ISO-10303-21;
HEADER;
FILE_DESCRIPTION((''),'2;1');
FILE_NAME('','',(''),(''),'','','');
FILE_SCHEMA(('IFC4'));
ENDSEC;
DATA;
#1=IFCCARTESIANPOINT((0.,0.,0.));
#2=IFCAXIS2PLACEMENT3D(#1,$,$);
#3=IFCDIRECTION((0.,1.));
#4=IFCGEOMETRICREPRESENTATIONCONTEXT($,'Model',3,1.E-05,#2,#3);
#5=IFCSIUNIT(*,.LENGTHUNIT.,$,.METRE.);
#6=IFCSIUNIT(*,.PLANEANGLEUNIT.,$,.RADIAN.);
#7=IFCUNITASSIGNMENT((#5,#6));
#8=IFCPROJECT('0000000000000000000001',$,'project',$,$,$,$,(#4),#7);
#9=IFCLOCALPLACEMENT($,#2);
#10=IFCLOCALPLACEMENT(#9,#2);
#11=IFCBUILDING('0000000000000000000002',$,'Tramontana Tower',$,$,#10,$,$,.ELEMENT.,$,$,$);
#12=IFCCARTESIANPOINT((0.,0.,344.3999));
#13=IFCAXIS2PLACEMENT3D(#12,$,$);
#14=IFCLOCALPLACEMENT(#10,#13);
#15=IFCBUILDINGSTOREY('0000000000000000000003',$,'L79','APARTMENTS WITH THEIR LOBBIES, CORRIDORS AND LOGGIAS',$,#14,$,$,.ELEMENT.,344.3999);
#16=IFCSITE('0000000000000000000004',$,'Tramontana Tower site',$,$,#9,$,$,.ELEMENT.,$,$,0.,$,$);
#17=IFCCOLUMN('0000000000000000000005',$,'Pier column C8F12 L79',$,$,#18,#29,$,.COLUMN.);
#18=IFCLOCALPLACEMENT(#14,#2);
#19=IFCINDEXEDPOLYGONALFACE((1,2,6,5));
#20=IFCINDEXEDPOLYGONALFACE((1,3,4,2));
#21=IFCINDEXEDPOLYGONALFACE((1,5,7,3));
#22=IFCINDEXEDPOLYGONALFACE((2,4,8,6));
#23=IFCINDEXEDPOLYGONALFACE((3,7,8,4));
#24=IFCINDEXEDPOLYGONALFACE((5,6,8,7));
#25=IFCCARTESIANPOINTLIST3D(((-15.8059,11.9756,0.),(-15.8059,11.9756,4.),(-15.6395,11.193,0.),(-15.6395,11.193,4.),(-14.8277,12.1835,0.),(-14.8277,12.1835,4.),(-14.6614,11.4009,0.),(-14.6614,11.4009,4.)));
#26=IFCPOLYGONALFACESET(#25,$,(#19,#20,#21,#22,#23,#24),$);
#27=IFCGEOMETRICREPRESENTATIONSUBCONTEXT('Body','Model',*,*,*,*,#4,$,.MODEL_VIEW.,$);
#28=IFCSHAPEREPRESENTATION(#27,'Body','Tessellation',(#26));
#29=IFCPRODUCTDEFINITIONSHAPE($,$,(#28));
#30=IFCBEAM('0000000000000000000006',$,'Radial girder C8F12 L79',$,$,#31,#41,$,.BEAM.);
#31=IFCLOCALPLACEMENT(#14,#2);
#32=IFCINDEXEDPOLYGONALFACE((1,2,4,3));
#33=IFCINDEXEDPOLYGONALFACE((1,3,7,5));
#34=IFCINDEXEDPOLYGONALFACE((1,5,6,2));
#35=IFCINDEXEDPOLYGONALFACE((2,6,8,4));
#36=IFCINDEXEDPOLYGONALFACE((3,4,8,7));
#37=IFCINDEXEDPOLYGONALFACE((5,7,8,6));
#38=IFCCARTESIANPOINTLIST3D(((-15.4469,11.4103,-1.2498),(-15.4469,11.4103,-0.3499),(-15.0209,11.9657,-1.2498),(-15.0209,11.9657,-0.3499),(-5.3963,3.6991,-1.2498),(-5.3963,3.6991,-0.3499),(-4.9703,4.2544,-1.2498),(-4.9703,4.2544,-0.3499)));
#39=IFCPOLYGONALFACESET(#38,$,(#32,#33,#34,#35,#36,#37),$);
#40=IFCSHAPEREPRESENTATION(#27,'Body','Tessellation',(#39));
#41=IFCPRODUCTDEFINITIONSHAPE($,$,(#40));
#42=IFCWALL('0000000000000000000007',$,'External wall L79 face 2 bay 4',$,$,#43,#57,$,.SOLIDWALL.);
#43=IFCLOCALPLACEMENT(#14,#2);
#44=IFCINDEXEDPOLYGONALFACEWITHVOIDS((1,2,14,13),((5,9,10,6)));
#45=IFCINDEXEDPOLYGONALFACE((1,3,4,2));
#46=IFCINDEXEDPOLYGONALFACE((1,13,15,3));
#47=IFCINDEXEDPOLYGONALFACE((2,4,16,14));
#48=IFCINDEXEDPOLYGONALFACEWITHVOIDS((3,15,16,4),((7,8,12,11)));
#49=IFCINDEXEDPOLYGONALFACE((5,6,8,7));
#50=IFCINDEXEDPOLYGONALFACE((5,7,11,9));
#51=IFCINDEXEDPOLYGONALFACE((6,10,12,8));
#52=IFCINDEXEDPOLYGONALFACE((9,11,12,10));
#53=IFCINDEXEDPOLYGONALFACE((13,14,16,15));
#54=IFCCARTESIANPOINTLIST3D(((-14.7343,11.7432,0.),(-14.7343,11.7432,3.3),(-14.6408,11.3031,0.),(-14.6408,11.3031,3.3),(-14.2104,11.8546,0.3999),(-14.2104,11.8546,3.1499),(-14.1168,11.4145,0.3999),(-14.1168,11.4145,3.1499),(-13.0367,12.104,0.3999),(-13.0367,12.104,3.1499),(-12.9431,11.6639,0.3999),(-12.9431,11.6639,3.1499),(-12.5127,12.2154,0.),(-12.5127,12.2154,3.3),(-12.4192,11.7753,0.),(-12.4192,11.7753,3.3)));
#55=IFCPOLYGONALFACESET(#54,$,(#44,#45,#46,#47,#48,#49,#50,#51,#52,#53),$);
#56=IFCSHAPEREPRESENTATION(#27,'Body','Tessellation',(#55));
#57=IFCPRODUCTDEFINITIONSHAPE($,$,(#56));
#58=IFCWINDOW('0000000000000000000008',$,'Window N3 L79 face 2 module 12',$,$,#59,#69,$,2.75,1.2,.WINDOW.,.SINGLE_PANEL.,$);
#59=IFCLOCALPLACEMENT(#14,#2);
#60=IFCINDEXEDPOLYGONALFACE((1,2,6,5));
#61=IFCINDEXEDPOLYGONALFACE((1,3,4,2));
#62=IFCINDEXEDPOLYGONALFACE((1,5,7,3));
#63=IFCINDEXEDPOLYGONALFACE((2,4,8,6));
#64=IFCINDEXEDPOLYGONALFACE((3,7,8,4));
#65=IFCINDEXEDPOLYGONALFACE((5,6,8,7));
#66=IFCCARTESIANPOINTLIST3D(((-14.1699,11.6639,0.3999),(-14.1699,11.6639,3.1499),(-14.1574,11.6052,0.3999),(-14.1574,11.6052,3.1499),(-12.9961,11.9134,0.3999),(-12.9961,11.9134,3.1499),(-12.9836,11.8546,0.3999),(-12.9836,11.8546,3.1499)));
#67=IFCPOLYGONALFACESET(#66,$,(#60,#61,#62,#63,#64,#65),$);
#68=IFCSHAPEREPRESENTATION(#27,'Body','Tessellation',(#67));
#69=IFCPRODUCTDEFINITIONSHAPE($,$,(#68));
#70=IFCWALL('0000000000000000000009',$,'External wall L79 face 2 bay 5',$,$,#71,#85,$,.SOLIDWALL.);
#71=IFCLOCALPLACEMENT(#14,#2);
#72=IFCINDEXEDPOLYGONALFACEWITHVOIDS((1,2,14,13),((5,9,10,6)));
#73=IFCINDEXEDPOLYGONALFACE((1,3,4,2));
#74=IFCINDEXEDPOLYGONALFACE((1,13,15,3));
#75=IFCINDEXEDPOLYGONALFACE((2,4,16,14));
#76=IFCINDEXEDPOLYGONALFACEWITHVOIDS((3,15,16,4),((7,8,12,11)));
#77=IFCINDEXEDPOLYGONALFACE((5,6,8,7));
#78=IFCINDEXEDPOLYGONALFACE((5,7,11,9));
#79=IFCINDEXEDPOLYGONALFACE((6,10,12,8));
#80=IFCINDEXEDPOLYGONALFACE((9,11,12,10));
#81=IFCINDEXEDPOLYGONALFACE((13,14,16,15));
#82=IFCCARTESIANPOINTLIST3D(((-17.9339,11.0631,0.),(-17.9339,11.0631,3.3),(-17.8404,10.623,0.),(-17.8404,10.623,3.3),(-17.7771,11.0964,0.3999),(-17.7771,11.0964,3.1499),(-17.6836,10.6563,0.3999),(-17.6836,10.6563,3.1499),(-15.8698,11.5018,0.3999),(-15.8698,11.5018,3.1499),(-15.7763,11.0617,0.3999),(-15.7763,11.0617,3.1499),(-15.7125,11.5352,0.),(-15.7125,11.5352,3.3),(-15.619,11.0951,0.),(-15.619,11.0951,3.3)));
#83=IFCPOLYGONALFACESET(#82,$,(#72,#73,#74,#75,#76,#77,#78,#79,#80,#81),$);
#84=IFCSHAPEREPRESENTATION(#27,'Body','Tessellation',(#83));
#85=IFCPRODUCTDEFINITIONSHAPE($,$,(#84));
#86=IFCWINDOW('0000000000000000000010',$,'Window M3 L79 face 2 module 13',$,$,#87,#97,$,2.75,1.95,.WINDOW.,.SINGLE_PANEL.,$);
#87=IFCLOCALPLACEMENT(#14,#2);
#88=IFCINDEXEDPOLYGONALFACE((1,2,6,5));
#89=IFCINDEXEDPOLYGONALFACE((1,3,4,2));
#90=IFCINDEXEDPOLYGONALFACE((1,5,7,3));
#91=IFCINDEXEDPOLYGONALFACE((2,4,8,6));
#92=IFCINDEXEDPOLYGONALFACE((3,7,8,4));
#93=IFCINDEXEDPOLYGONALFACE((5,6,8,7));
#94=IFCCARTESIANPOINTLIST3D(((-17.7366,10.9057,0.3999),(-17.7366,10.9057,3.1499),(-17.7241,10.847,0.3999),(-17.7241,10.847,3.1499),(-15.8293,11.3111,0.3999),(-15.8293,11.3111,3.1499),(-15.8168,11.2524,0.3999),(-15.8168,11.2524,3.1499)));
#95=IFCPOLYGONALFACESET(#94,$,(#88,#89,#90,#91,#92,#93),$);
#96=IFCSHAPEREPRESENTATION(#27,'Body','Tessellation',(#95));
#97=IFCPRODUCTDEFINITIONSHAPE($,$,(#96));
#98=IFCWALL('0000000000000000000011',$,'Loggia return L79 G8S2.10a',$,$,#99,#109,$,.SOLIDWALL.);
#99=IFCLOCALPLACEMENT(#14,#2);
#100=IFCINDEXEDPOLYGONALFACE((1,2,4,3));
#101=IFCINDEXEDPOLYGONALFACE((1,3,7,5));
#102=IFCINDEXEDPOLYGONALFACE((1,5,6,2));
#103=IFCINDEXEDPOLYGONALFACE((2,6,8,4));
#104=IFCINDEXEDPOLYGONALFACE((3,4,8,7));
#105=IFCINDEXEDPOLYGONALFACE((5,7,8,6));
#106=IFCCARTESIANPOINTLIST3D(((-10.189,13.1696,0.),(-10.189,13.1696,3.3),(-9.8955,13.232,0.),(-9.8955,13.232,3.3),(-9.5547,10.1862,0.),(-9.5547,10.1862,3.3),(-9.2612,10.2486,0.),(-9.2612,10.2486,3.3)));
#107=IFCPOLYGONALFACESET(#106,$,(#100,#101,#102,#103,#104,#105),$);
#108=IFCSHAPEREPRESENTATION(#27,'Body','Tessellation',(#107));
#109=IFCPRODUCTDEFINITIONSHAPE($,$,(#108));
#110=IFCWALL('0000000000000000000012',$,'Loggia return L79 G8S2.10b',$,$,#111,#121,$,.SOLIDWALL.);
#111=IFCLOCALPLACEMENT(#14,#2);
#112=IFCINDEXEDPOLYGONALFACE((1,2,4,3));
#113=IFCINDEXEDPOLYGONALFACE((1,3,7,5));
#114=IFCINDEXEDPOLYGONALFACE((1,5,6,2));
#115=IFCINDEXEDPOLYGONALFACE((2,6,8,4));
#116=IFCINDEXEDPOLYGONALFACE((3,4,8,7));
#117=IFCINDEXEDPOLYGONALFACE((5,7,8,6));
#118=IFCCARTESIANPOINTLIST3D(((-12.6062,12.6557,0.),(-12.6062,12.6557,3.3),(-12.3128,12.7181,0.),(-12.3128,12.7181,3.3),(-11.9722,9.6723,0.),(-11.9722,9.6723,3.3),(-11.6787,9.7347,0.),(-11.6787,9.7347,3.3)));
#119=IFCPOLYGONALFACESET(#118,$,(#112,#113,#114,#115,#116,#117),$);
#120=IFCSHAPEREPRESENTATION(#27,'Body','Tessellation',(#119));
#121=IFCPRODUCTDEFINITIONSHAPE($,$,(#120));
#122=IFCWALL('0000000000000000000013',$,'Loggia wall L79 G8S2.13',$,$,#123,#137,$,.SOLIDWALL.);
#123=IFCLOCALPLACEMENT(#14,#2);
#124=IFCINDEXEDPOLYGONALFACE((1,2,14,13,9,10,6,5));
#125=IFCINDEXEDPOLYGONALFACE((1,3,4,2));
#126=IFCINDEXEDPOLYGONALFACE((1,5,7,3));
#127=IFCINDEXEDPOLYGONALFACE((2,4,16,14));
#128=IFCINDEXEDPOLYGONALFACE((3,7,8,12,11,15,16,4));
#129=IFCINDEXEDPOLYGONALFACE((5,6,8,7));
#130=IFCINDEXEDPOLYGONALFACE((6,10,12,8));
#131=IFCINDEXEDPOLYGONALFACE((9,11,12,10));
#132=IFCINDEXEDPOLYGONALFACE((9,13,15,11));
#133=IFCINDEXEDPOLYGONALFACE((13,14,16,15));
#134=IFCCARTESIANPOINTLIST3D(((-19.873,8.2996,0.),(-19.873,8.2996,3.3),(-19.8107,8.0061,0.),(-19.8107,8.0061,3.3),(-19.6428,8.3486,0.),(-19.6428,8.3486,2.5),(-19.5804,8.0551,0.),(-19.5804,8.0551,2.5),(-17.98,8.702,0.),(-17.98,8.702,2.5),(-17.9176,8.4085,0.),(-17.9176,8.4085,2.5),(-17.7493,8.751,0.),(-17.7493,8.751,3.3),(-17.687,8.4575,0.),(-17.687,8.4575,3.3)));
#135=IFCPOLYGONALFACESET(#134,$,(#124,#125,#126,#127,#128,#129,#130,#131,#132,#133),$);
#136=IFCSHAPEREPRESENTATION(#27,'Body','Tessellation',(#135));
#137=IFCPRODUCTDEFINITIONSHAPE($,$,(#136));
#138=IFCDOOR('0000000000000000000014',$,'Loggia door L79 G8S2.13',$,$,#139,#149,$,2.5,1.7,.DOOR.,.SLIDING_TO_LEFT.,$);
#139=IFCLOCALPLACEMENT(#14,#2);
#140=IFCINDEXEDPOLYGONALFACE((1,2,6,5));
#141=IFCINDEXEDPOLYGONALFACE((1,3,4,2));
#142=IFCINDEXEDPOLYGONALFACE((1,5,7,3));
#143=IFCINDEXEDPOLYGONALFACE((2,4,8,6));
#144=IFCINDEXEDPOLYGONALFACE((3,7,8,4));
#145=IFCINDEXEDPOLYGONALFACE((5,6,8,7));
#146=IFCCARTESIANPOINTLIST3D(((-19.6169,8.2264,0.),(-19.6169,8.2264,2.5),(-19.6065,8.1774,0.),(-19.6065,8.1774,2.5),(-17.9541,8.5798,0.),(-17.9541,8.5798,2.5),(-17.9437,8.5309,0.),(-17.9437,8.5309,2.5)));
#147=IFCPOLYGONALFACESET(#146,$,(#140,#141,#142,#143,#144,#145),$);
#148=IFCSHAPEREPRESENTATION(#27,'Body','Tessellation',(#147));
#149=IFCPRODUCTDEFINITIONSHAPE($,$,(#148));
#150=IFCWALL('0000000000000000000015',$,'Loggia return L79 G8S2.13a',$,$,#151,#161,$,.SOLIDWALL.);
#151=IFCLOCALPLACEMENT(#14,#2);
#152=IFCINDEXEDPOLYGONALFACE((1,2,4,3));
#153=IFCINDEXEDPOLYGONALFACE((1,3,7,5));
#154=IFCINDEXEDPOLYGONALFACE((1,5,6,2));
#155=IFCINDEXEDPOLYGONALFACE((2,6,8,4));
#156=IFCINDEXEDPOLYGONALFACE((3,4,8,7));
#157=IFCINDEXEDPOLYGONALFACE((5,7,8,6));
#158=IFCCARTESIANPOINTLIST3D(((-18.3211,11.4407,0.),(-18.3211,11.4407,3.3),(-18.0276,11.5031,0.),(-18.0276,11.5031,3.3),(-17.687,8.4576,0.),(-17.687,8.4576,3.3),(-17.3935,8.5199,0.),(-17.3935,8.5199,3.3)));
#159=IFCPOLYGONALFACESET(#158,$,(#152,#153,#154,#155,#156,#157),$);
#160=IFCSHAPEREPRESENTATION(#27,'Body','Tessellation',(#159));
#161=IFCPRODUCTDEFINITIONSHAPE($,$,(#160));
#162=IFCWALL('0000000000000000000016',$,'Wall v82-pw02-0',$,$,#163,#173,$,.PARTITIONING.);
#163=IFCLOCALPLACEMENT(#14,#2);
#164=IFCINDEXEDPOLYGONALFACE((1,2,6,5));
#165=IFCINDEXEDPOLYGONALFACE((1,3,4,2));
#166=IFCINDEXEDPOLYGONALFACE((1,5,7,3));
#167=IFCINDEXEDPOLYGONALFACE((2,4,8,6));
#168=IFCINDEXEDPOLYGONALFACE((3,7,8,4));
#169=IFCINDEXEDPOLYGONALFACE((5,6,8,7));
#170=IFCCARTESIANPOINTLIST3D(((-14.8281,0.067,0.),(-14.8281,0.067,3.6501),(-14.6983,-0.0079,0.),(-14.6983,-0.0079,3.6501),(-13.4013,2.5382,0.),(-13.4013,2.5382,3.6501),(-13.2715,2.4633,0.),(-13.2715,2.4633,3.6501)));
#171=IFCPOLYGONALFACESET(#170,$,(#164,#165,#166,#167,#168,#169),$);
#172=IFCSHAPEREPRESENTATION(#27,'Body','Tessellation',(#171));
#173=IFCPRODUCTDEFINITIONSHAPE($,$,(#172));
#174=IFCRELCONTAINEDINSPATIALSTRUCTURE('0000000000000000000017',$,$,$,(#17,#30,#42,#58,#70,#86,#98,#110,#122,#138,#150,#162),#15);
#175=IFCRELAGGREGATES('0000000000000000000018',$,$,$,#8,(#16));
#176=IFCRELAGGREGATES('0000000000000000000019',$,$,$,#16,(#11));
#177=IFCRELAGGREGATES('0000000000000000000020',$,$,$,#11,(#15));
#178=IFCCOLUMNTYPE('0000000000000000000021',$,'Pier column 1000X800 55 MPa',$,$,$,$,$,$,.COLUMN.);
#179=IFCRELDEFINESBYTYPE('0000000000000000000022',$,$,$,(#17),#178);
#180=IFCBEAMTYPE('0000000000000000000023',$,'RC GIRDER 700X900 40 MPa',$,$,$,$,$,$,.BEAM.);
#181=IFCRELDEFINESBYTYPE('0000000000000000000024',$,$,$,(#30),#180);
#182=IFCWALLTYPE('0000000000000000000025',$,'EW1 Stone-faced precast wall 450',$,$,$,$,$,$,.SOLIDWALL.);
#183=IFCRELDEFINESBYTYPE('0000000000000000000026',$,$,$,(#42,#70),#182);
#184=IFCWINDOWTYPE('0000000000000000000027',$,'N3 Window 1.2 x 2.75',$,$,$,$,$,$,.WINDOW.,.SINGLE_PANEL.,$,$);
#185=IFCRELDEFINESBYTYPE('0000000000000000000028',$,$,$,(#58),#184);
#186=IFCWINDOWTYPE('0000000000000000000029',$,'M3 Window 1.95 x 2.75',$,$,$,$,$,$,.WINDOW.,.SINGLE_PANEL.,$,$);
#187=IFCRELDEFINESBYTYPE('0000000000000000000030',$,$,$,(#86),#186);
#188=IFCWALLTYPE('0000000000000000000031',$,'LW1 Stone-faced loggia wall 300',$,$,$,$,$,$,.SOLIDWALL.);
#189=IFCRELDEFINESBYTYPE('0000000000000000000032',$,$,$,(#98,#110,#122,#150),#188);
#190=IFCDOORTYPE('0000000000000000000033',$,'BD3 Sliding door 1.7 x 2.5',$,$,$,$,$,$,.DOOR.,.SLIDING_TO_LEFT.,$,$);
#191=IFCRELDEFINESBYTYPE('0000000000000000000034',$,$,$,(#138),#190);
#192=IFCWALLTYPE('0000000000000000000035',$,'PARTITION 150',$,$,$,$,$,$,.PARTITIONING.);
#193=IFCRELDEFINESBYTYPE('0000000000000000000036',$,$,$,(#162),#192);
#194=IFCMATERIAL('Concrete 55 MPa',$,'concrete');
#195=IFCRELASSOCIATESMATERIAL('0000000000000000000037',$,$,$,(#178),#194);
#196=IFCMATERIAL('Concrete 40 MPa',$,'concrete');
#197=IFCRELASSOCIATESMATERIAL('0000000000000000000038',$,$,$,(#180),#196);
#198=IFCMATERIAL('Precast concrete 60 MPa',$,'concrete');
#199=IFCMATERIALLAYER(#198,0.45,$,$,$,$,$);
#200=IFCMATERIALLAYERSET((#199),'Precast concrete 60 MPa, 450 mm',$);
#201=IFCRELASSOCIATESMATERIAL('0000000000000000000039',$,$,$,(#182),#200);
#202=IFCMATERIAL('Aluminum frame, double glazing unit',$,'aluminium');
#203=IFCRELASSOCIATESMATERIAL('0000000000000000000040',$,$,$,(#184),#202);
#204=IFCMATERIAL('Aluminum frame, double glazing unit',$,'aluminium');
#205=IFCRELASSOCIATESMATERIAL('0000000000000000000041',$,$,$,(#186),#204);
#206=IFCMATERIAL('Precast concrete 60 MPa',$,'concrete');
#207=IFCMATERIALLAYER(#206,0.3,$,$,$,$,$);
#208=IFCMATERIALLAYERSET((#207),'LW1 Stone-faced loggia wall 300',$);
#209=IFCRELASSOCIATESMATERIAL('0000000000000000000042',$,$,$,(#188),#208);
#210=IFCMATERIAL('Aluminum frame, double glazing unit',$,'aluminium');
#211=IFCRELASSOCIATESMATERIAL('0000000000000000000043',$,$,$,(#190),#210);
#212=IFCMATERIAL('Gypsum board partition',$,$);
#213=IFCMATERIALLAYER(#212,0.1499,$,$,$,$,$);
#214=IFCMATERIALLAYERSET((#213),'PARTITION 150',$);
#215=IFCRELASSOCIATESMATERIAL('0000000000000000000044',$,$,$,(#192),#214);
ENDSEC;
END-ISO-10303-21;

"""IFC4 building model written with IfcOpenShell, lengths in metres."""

from ifc_helpers import new_model, si_unit, direction, frame, frame_2d, origin, origin_2d, place, context, subcontext, project, spatial, rectangle, extrude, material, layer, layer_set, material_profile, profile_set, type_object, element, fill, save


model = new_model("IFC4")

# Units and contexts
model_context = context("Model", 3, precision=1e-05, world=origin(), true_north=direction((0.0, 1.0)))
body_context = subcontext(model_context, "Body", "Model", "MODEL_VIEW")
ifc_project = project(units=[si_unit("LENGTHUNIT", "METRE"), si_unit("PLANEANGLEUNIT", "RADIAN")], contexts=[model_context])

# Site, building, storey
site_placement = place(None, origin())
site = spatial("IfcSite", under=ifc_project, at=site_placement, Name="Tramontana Tower site", CompositionType="ELEMENT", RefElevation=0.0)
building_placement = place(site_placement, origin())
building = spatial("IfcBuilding", under=site, at=building_placement, Name="Tramontana Tower", CompositionType="ELEMENT")
storey_placement = place(building_placement, frame((0.0, 0.0, 344.3999)))
storey = spatial("IfcBuildingStorey", under=building, at=storey_placement, Name="L79", Description="APARTMENTS WITH THEIR LOBBIES, CORRIDORS AND LOGGIAS", CompositionType="ELEMENT", Elevation=344.3999)

# Column
ifc_material_1 = material(Name="Concrete 55 MPa", Category="concrete")
ifc_material_profile_1 = material_profile(ifc_material_1, rectangle(XDim=1.0, YDim=0.8, at=origin_2d()), Name="Pier column 1000X800 55 MPa")
ifc_profile_set_1 = profile_set([ifc_material_profile_1], Name="Concrete 55 MPa")
column_type = type_object("IfcColumnType", Name="Pier column 1000X800 55 MPa", PredefinedType="COLUMN", material=ifc_profile_set_1)
column_placement = place(storey_placement, frame((-15.2336, 11.6882, 0.0), z_axis=(0.0, 0.0, 1.0), x_axis=(-0.978148, -0.207912, 0.0)))
element("IfcColumn", 1, at=column_placement, inside=storey, type_object=column_type, Name="Pier column C8F12 L79", PredefinedType="COLUMN", context=body_context, shape_type="SweptSolid", body=[
    extrude(rectangle(XDim=1.0, YDim=0.8, at=origin_2d()), origin(), (0.0, 0.0, 1.0), 4.0),
])

# Beam
ifc_material_2 = material(Name="Concrete 40 MPa", Category="concrete")
ifc_material_profile_2 = material_profile(ifc_material_2, rectangle(XDim=0.7, YDim=0.8999, at=origin_2d()), Name="RC GIRDER 700X900 40 MPa")
ifc_profile_set_2 = profile_set([ifc_material_profile_2], Name="Concrete 40 MPa")
beam_type = type_object("IfcBeamType", Name="RC GIRDER 700X900 40 MPa", PredefinedType="BEAM", material=ifc_profile_set_2)
beam_placement = place(storey_placement, frame((-15.2339, 11.688, -0.7998), z_axis=(0.793386, -0.608718, 0.0), x_axis=(0.608718, 0.793386, 0.0)))
element("IfcBeam", 2, at=beam_placement, inside=storey, type_object=beam_type, Name="Radial girder C8F12 L79", PredefinedType="BEAM", context=body_context, shape_type="SweptSolid", body=[
    extrude(rectangle(XDim=0.7, YDim=0.8999, at=origin_2d()), origin(), (0.0, 0.0, 1.0), 12.668),
])

# Walls, openings, windows
ifc_material_3 = material(Name="Precast concrete 60 MPa", Category="concrete")
ifc_layer_1 = layer(ifc_material_3, 0.45)
ifc_layer_set_1 = layer_set([ifc_layer_1], Name="Precast concrete 60 MPa, 450 mm")
wall_type_1 = type_object("IfcWallType", Name="EW1 Stone-faced precast wall 450", PredefinedType="SOLIDWALL", material=ifc_layer_set_1)
wall_1_placement = place(storey_placement, frame((-12.4658, 11.9954, 0.0), z_axis=(0.0, 0.0, 1.0), x_axis=(-0.978153, -0.207884, 0.0)))
wall_1 = element("IfcWall", 3, at=wall_1_placement, inside=storey, type_object=wall_type_1, Name="External wall L79 face 2 bay 4", PredefinedType="SOLIDWALL", context=body_context, shape_type="SweptSolid", body=[
    extrude(rectangle(XDim=2.2712, YDim=0.45, at=frame_2d((1.1357, 0.0))), origin(), (0.0, 0.0, 1.0), 3.3),
])
opening_1_placement = place(wall_1_placement, frame((0.5356, 0.0, 0.3999)))
opening_1 = element("IfcOpeningElement", 4, at=opening_1_placement, cuts=wall_1, PredefinedType="OPENING", context=body_context, shape_type="SweptSolid", body=[
    extrude(rectangle(XDim=1.2, YDim=2.75, at=frame_2d((0.6001, 1.375))), frame((0.0, 0.2349, 0.0), z_axis=(0.0, -1.0, 0.0), x_axis=(1.0, 0.0, 0.0)), (0.0, 0.0, 1.0), 0.47),
])
ifc_material_4 = material(Name="Aluminum frame, double glazing unit", Category="aluminium")
window_type_1 = type_object("IfcWindowType", Name="N3 Window 1.2 x 2.75", PartitioningType="SINGLE_PANEL", PredefinedType="WINDOW", material=ifc_material_4)
window_1_placement = place(opening_1_placement, origin())
window_1 = element("IfcWindow", 5, at=window_1_placement, inside=storey, type_object=window_type_1, Name="Window N3 L79 face 2 module 12", OverallHeight=2.75, OverallWidth=1.2, PartitioningType="SINGLE_PANEL", PredefinedType="WINDOW", context=body_context, shape_type="SweptSolid", body=[
    extrude(rectangle(XDim=1.2, YDim=2.75, at=frame_2d((0.6001, 1.375))), frame((0.0, 0.03, 0.0), z_axis=(0.0, -1.0, 0.0), x_axis=(1.0, 0.0, 0.0)), (0.0, 0.0, 1.0), 0.0601),
])
fill(opening_1, window_1)
wall_2_placement = place(storey_placement, frame((-15.6658, 11.3152, 0.0), z_axis=(0.0, 0.0, 1.0), x_axis=(-0.978149, -0.207906, 0.0)))
wall_2 = element("IfcWall", 6, at=wall_2_placement, inside=storey, type_object=wall_type_1, Name="External wall L79 face 2 bay 5", PredefinedType="SOLIDWALL", context=body_context, shape_type="SweptSolid", body=[
    extrude(rectangle(XDim=2.271, YDim=0.45, at=frame_2d((1.1355, 0.0))), origin(), (0.0, 0.0, 1.0), 3.3),
])
opening_2_placement = place(wall_2_placement, frame((0.1606, 0.0, 0.3999)))
opening_2 = element("IfcOpeningElement", 7, at=opening_2_placement, cuts=wall_2, PredefinedType="OPENING", context=body_context, shape_type="SweptSolid", body=[
    extrude(rectangle(XDim=1.95, YDim=2.75, at=frame_2d((0.9751, 1.375))), frame((0.0, 0.2349, 0.0), z_axis=(0.0, -1.0, 0.0), x_axis=(1.0, 0.0, 0.0)), (0.0, 0.0, 1.0), 0.47),
])
ifc_material_5 = material(Name="Aluminum frame, double glazing unit", Category="aluminium")
window_type_2 = type_object("IfcWindowType", Name="M3 Window 1.95 x 2.75", PartitioningType="SINGLE_PANEL", PredefinedType="WINDOW", material=ifc_material_5)
window_2_placement = place(opening_2_placement, origin())
window_2 = element("IfcWindow", 8, at=window_2_placement, inside=storey, type_object=window_type_2, Name="Window M3 L79 face 2 module 13", OverallHeight=2.75, OverallWidth=1.95, PartitioningType="SINGLE_PANEL", PredefinedType="WINDOW", context=body_context, shape_type="SweptSolid", body=[
    extrude(rectangle(XDim=1.95, YDim=2.75, at=frame_2d((0.9751, 1.375))), frame((0.0, 0.03, 0.0), z_axis=(0.0, -1.0, 0.0), x_axis=(1.0, 0.0, 0.0)), (0.0, 0.0, 1.0), 0.0601),
])
fill(opening_2, window_2)

# Walls
ifc_material_6 = material(Name="Precast concrete 60 MPa", Category="concrete")
ifc_layer_2 = layer(ifc_material_6, 0.3)
ifc_layer_set_2 = layer_set([ifc_layer_2], Name="LW1 Stone-faced loggia wall 300")
wall_type_2 = type_object("IfcWallType", Name="LW1 Stone-faced loggia wall 300", PredefinedType="SOLIDWALL", material=ifc_layer_set_2)
for number, where, z_axis, x_axis, name in (
    (9, (-10.0422, 13.2007, 0.0), (0.0, 0.0, 1.0), (0.207954, -0.978139, 0.0), "Loggia return L79 G8S2.10a"),
    (10, (-12.4595, 12.6868, 0.0), (0.0, 0.0, 1.0), (0.207878, -0.978155, 0.0), "Loggia return L79 G8S2.10b"),
):
    element("IfcWall", number, at=place(storey_placement, frame(where, z_axis=z_axis, x_axis=x_axis)), inside=storey, type_object=wall_type_2, Name=name, PredefinedType="SOLIDWALL", context=body_context, shape_type="SweptSolid", body=[
        extrude(rectangle(XDim=3.05, YDim=0.3, at=frame_2d((1.5249, 0.0))), origin(), (0.0, 0.0, 1.0), 3.3),
    ])

# Wall, opening, door
wall_3_placement = place(storey_placement, frame((-17.7183, 8.6042, 0.0), z_axis=(0.0, 0.0, 1.0), x_axis=(-0.978148, -0.207909, 0.0)))
wall_3 = element("IfcWall", 11, at=wall_3_placement, inside=storey, type_object=wall_type_2, Name="Loggia wall L79 G8S2.13", PredefinedType="SOLIDWALL", context=body_context, shape_type="SweptSolid", body=[
    extrude(rectangle(XDim=2.1711, YDim=0.3, at=frame_2d((1.0854, 0.0))), origin(), (0.0, 0.0, 1.0), 3.3),
])
opening_3_placement = place(wall_3_placement, frame((0.2356, 0.0, 0.0)))
opening_3 = element("IfcOpeningElement", 12, at=opening_3_placement, cuts=wall_3, PredefinedType="OPENING", context=body_context, shape_type="SweptSolid", body=[
    extrude(rectangle(XDim=1.7, YDim=2.5, at=frame_2d((0.8501, 1.25))), frame((0.0, 0.1599, 0.0), z_axis=(0.0, -1.0, 0.0), x_axis=(1.0, 0.0, 0.0)), (0.0, 0.0, 1.0), 0.3201),
])
ifc_material_7 = material(Name="Aluminum frame, double glazing unit", Category="aluminium")
door_type_1 = type_object("IfcDoorType", Name="BD3 Sliding door 1.7 x 2.5", OperationType="SLIDING_TO_LEFT", PredefinedType="DOOR", material=ifc_material_7)
door_1_placement = place(opening_3_placement, origin())
door_1 = element("IfcDoor", 13, at=door_1_placement, inside=storey, type_object=door_type_1, Name="Loggia door L79 G8S2.13", OperationType="SLIDING_TO_LEFT", OverallHeight=2.5, OverallWidth=1.7, PredefinedType="DOOR", context=body_context, shape_type="SweptSolid", body=[
    extrude(rectangle(XDim=1.7, YDim=2.5, at=frame_2d((0.8501, 1.25))), frame((0.0, 0.0249, 0.0), z_axis=(0.0, -1.0, 0.0), x_axis=(1.0, 0.0, 0.0)), (0.0, 0.0, 1.0), 0.05),
])
fill(opening_3, door_1)

# Walls
wall_4_placement = place(storey_placement, frame((-18.1743, 11.4719, 0.0), z_axis=(0.0, 0.0, 1.0), x_axis=(0.207894, -0.978151, 0.0)))
element("IfcWall", 14, at=wall_4_placement, inside=storey, type_object=wall_type_2, Name="Loggia return L79 G8S2.13a", PredefinedType="SOLIDWALL", context=body_context, shape_type="SweptSolid", body=[
    extrude(rectangle(XDim=3.0498, YDim=0.3, at=frame_2d((1.5249, 0.0))), origin(), (0.0, 0.0, 1.0), 3.3),
])
ifc_material_8 = material(Name="Gypsum board partition")
ifc_layer_3 = layer(ifc_material_8, 0.1499)
ifc_layer_set_3 = layer_set([ifc_layer_3], Name="PARTITION 150")
wall_type_3 = type_object("IfcWallType", Name="PARTITION 150", PredefinedType="PARTITIONING", material=ifc_layer_set_3)
wall_5_placement = place(storey_placement, frame((-14.7632, 0.0295, 0.0), z_axis=(0.0, 0.0, 1.0), x_axis=(0.500004, 0.866023, 0.0)))
element("IfcWall", 15, at=wall_5_placement, inside=storey, type_object=wall_type_3, Name="Wall v82-pw02-0", PredefinedType="PARTITIONING", context=body_context, shape_type="SweptSolid", body=[
    extrude(rectangle(XDim=2.8535, YDim=0.1499, at=frame_2d((1.4268, 0.0))), origin(), (0.0, 0.0, 1.0), 3.6501),
])

save(model, "model.ifc")
